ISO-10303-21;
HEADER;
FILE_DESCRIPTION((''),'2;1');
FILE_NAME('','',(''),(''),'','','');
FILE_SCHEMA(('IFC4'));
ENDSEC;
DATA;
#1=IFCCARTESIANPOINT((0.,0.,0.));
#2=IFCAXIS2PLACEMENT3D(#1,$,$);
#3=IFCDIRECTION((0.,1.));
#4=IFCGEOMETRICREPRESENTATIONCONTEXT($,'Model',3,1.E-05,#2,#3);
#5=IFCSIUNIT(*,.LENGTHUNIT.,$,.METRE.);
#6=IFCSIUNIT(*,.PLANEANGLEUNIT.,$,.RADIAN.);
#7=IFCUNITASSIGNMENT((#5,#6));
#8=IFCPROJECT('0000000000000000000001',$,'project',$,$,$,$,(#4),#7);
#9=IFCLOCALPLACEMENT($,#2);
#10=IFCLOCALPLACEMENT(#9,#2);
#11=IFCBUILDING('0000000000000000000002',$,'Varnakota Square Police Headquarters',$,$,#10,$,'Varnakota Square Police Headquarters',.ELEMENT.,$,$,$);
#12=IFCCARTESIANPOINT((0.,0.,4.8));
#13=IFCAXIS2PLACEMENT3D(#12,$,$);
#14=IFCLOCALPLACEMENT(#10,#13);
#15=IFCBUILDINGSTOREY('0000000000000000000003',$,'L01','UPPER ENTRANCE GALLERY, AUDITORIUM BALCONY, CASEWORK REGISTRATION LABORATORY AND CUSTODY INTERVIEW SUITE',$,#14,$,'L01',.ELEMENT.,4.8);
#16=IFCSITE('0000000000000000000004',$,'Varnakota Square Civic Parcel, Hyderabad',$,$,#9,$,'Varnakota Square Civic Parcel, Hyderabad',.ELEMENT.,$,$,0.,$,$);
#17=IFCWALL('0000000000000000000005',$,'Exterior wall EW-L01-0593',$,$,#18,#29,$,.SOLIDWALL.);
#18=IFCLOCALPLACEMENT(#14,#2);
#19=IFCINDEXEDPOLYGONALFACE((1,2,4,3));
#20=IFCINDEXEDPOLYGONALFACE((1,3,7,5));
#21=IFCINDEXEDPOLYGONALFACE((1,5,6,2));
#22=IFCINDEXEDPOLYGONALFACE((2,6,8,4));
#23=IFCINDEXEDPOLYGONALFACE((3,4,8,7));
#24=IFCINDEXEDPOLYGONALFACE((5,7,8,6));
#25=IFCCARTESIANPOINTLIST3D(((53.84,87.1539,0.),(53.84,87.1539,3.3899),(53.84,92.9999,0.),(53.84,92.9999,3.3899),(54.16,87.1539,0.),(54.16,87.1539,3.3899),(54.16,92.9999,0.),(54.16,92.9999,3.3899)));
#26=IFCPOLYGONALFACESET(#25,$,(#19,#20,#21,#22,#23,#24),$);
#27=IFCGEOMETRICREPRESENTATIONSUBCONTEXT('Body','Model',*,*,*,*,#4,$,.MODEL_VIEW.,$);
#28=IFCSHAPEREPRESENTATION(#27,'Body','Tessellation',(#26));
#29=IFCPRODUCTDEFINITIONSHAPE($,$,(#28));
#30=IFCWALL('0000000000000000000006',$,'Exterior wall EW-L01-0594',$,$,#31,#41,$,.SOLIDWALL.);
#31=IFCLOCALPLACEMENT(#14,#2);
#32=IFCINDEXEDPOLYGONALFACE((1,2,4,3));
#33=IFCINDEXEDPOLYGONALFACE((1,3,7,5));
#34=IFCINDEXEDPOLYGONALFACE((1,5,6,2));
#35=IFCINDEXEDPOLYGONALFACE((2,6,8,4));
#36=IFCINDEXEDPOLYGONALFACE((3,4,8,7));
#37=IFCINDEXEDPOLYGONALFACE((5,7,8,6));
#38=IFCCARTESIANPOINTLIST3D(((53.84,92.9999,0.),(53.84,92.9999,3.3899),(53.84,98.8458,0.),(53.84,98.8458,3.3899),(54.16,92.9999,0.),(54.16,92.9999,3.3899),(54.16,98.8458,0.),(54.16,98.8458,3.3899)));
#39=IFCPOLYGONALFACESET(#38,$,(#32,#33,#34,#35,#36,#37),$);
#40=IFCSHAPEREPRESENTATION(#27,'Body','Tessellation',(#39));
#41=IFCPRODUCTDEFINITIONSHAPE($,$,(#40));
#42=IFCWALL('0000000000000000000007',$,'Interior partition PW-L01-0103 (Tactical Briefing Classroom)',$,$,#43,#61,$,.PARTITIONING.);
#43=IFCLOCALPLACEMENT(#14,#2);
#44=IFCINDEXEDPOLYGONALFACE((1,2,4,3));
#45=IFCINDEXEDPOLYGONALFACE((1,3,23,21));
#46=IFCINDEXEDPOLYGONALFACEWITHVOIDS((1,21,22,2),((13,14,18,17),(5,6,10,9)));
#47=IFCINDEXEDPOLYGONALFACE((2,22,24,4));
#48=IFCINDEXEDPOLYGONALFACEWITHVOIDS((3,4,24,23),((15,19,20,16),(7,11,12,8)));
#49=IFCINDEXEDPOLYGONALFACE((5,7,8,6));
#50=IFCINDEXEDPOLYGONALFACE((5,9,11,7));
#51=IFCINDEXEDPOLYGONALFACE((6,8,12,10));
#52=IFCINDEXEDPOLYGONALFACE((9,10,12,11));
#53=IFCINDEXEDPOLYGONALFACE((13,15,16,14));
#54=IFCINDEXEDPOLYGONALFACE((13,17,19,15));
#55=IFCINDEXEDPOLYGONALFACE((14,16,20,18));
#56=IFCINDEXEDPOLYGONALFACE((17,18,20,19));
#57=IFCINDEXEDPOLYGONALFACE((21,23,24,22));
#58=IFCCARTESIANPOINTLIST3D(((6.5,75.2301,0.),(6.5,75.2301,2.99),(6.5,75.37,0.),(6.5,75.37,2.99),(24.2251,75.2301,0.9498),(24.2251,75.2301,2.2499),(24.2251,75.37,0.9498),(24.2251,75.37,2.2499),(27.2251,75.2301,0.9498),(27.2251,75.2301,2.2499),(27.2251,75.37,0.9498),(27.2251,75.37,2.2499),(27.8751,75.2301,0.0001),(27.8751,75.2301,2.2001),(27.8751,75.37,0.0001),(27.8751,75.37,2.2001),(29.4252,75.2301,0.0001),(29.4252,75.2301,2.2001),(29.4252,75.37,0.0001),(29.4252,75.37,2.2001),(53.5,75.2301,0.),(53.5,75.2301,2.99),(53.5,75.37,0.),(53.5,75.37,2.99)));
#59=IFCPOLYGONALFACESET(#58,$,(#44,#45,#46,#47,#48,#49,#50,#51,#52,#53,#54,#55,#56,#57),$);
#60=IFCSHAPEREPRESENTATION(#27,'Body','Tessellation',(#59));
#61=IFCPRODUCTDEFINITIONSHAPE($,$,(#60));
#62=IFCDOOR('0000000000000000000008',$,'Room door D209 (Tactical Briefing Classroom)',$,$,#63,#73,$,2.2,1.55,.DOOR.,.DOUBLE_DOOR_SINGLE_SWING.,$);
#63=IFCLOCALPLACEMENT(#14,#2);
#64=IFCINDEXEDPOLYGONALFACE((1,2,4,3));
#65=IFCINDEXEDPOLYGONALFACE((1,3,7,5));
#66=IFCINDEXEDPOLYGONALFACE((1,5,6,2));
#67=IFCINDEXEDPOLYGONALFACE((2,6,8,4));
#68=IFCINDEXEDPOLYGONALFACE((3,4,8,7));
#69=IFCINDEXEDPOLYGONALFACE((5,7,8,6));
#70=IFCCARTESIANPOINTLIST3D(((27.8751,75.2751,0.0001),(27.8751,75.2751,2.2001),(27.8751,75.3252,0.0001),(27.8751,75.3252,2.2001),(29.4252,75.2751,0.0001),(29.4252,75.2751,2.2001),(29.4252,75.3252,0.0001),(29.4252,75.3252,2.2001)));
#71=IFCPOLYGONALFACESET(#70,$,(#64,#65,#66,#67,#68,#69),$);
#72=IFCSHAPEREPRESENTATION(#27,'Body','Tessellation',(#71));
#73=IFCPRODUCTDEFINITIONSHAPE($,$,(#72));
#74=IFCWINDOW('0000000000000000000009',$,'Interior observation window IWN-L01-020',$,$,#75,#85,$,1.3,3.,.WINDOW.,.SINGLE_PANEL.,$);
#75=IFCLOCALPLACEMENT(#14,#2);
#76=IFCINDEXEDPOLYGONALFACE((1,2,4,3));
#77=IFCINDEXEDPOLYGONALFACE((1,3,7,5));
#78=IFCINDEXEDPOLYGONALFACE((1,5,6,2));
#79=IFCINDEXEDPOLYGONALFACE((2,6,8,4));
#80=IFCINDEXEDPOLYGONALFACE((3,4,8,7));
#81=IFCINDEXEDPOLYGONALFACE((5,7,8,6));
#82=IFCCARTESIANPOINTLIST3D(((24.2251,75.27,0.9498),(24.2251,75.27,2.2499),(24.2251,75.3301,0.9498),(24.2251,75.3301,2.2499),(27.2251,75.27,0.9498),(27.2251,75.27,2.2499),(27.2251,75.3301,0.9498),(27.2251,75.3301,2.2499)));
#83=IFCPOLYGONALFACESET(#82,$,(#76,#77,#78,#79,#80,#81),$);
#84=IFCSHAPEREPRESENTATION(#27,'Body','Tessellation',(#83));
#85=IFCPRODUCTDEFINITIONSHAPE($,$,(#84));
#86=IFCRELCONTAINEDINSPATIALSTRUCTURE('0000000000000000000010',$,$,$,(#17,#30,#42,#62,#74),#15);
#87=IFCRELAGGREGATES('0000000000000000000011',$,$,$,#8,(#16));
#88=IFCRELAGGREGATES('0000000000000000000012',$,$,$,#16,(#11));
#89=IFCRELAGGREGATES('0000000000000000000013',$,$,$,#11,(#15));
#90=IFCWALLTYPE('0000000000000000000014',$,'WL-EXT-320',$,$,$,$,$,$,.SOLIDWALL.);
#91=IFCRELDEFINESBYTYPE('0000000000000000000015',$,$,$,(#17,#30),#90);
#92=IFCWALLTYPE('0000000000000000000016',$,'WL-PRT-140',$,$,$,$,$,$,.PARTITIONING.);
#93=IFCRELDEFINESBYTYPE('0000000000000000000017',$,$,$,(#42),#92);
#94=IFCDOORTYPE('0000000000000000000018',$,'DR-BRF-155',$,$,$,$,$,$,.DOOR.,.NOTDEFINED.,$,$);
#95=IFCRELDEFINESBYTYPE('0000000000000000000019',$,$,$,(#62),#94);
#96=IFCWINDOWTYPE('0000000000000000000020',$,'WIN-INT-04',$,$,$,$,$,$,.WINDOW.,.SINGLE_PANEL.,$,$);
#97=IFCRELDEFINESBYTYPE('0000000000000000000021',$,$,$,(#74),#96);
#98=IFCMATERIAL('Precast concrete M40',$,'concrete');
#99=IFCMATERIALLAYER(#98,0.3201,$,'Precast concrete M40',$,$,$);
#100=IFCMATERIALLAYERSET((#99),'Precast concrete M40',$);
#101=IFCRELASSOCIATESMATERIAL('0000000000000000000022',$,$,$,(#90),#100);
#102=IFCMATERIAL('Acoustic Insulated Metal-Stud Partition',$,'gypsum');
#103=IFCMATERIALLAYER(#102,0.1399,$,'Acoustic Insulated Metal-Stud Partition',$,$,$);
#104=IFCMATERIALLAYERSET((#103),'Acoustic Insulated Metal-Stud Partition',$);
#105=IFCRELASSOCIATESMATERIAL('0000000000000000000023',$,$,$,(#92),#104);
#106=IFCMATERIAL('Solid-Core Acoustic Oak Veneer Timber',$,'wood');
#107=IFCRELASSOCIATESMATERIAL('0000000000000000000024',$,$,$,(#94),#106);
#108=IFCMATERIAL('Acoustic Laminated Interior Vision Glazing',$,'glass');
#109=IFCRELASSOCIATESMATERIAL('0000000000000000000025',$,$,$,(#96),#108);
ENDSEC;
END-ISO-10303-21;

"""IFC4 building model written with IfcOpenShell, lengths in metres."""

from ifc_helpers import new_model, si_unit, direction, frame, frame_2d, origin, place, context, subcontext, project, spatial, rectangle, extrude, material, layer, layer_set, type_object, element, fill, save


model = new_model("IFC4")

# Units and contexts
model_context = context("Model", 3, precision=1e-05, world=origin(), true_north=direction((0.0, 1.0)))
body_context = subcontext(model_context, "Body", "Model", "MODEL_VIEW")
ifc_project = project(units=[si_unit("LENGTHUNIT", "METRE"), si_unit("PLANEANGLEUNIT", "RADIAN")], contexts=[model_context])

# Site, building, storey
site_placement = place(None, origin())
site = spatial("IfcSite", under=ifc_project, at=site_placement, Name="Varnakota Square Civic Parcel, Hyderabad", LongName="Varnakota Square Civic Parcel, Hyderabad", CompositionType="ELEMENT", RefElevation=0.0)
building_placement = place(site_placement, origin())
building = spatial("IfcBuilding", under=site, at=building_placement, Name="Varnakota Square Police Headquarters", LongName="Varnakota Square Police Headquarters", CompositionType="ELEMENT")
storey_placement = place(building_placement, frame((0.0, 0.0, 4.8)))
storey = spatial("IfcBuildingStorey", under=building, at=storey_placement, Name="L01", Description="UPPER ENTRANCE GALLERY, AUDITORIUM BALCONY, CASEWORK REGISTRATION LABORATORY AND CUSTODY INTERVIEW SUITE", LongName="L01", CompositionType="ELEMENT", Elevation=4.8)

# Walls
ifc_material_1 = material(Name="Precast concrete M40", Category="concrete")
ifc_layer_1 = layer(ifc_material_1, 0.3201, Name="Precast concrete M40")
ifc_layer_set_1 = layer_set([ifc_layer_1], Name="Precast concrete M40")
wall_type_1 = type_object("IfcWallType", Name="WL-EXT-320", PredefinedType="SOLIDWALL", material=ifc_layer_set_1)
for number, where, z_axis, x_axis, name in (
    (1, (54.0, 87.1541, 0.0), (0.0, 0.0, 1.0), (0.0, 1.0, 0.0), "Exterior wall EW-L01-0593"),
    (2, (54.0, 93.0, 0.0), (0.0, 0.0, 1.0), (0.0, 1.0, 0.0), "Exterior wall EW-L01-0594"),
):
    element("IfcWall", number, at=place(storey_placement, frame(where, z_axis=z_axis, x_axis=x_axis)), inside=storey, type_object=wall_type_1, Name=name, PredefinedType="SOLIDWALL", context=body_context, shape_type="SweptSolid", body=[
        extrude(rectangle(XDim=5.8459, YDim=0.3201, at=frame_2d((2.9229, 0.0))), origin(), (0.0, 0.0, 1.0), 3.3899),
    ])

# Wall, openings, door, window
ifc_material_2 = material(Name="Acoustic Insulated Metal-Stud Partition", Category="gypsum")
ifc_layer_2 = layer(ifc_material_2, 0.1399, Name="Acoustic Insulated Metal-Stud Partition")
ifc_layer_set_2 = layer_set([ifc_layer_2], Name="Acoustic Insulated Metal-Stud Partition")
wall_type_2 = type_object("IfcWallType", Name="WL-PRT-140", PredefinedType="PARTITIONING", material=ifc_layer_set_2)
wall_1_placement = place(storey_placement, frame((53.5, 75.3, 0.0), z_axis=(0.0, 0.0, 1.0), x_axis=(-1.0, 0.0, 0.0)))
wall_1 = element("IfcWall", 3, at=wall_1_placement, inside=storey, type_object=wall_type_2, Name="Interior partition PW-L01-0103 (Tactical Briefing Classroom)", PredefinedType="PARTITIONING", context=body_context, shape_type="SweptSolid", body=[
    extrude(rectangle(XDim=47.0, YDim=0.1399, at=frame_2d((23.5, 0.0))), origin(), (0.0, 0.0, 1.0), 2.99),
])
opening_1_placement = place(wall_1_placement, frame((24.075, 0.0, 0.0)))
opening_1 = element("IfcOpeningElement", 4, at=opening_1_placement, cuts=wall_1, PredefinedType="OPENING", context=body_context, shape_type="SweptSolid", body=[
    extrude(rectangle(XDim=1.55, YDim=2.2, at=frame_2d((0.7749, 1.1001))), frame((0.0, 0.0798, 0.0), z_axis=(0.0, -1.0, 0.0), x_axis=(1.0, 0.0, 0.0)), (0.0, 0.0, 1.0), 0.1599),
])
opening_2_placement = place(wall_1_placement, frame((26.2749, 0.0, 0.95)))
opening_2 = element("IfcOpeningElement", 5, at=opening_2_placement, cuts=wall_1, PredefinedType="OPENING", context=body_context, shape_type="SweptSolid", body=[
    extrude(rectangle(XDim=3.0, YDim=1.3, at=frame_2d((1.5, 0.6499))), frame((0.0, 0.0798, 0.0), z_axis=(0.0, -1.0, 0.0), x_axis=(1.0, 0.0, 0.0)), (0.0, 0.0, 1.0), 0.1599),
])
ifc_material_3 = material(Name="Solid-Core Acoustic Oak Veneer Timber", Category="wood")
door_type = type_object("IfcDoorType", Name="DR-BRF-155", OperationType="NOTDEFINED", PredefinedType="DOOR", material=ifc_material_3)
door_placement = place(opening_1_placement, origin())
door = element("IfcDoor", 6, at=door_placement, inside=storey, type_object=door_type, Name="Room door D209 (Tactical Briefing Classroom)", OperationType="DOUBLE_DOOR_SINGLE_SWING", OverallHeight=2.2, OverallWidth=1.55, PredefinedType="DOOR", context=body_context, shape_type="SweptSolid", body=[
    extrude(rectangle(XDim=1.55, YDim=2.2, at=frame_2d((0.7749, 1.1001))), frame((0.0, 0.0249, 0.0), z_axis=(0.0, -1.0, 0.0), x_axis=(1.0, 0.0, 0.0)), (0.0, 0.0, 1.0), 0.05),
])
fill(opening_1, door)
ifc_material_4 = material(Name="Acoustic Laminated Interior Vision Glazing", Category="glass")
window_type = type_object("IfcWindowType", Name="WIN-INT-04", PartitioningType="SINGLE_PANEL", PredefinedType="WINDOW", material=ifc_material_4)
window_placement = place(opening_2_placement, origin())
window = element("IfcWindow", 7, at=window_placement, inside=storey, type_object=window_type, Name="Interior observation window IWN-L01-020", OverallHeight=1.3, OverallWidth=3.0, PartitioningType="SINGLE_PANEL", PredefinedType="WINDOW", context=body_context, shape_type="SweptSolid", body=[
    extrude(rectangle(XDim=3.0, YDim=1.3, at=frame_2d((1.5, 0.6499))), frame((0.0, 0.03, 0.0), z_axis=(0.0, -1.0, 0.0), x_axis=(1.0, 0.0, 0.0)), (0.0, 0.0, 1.0), 0.0601),
])
fill(opening_2, window)

save(model, "model.ifc")
